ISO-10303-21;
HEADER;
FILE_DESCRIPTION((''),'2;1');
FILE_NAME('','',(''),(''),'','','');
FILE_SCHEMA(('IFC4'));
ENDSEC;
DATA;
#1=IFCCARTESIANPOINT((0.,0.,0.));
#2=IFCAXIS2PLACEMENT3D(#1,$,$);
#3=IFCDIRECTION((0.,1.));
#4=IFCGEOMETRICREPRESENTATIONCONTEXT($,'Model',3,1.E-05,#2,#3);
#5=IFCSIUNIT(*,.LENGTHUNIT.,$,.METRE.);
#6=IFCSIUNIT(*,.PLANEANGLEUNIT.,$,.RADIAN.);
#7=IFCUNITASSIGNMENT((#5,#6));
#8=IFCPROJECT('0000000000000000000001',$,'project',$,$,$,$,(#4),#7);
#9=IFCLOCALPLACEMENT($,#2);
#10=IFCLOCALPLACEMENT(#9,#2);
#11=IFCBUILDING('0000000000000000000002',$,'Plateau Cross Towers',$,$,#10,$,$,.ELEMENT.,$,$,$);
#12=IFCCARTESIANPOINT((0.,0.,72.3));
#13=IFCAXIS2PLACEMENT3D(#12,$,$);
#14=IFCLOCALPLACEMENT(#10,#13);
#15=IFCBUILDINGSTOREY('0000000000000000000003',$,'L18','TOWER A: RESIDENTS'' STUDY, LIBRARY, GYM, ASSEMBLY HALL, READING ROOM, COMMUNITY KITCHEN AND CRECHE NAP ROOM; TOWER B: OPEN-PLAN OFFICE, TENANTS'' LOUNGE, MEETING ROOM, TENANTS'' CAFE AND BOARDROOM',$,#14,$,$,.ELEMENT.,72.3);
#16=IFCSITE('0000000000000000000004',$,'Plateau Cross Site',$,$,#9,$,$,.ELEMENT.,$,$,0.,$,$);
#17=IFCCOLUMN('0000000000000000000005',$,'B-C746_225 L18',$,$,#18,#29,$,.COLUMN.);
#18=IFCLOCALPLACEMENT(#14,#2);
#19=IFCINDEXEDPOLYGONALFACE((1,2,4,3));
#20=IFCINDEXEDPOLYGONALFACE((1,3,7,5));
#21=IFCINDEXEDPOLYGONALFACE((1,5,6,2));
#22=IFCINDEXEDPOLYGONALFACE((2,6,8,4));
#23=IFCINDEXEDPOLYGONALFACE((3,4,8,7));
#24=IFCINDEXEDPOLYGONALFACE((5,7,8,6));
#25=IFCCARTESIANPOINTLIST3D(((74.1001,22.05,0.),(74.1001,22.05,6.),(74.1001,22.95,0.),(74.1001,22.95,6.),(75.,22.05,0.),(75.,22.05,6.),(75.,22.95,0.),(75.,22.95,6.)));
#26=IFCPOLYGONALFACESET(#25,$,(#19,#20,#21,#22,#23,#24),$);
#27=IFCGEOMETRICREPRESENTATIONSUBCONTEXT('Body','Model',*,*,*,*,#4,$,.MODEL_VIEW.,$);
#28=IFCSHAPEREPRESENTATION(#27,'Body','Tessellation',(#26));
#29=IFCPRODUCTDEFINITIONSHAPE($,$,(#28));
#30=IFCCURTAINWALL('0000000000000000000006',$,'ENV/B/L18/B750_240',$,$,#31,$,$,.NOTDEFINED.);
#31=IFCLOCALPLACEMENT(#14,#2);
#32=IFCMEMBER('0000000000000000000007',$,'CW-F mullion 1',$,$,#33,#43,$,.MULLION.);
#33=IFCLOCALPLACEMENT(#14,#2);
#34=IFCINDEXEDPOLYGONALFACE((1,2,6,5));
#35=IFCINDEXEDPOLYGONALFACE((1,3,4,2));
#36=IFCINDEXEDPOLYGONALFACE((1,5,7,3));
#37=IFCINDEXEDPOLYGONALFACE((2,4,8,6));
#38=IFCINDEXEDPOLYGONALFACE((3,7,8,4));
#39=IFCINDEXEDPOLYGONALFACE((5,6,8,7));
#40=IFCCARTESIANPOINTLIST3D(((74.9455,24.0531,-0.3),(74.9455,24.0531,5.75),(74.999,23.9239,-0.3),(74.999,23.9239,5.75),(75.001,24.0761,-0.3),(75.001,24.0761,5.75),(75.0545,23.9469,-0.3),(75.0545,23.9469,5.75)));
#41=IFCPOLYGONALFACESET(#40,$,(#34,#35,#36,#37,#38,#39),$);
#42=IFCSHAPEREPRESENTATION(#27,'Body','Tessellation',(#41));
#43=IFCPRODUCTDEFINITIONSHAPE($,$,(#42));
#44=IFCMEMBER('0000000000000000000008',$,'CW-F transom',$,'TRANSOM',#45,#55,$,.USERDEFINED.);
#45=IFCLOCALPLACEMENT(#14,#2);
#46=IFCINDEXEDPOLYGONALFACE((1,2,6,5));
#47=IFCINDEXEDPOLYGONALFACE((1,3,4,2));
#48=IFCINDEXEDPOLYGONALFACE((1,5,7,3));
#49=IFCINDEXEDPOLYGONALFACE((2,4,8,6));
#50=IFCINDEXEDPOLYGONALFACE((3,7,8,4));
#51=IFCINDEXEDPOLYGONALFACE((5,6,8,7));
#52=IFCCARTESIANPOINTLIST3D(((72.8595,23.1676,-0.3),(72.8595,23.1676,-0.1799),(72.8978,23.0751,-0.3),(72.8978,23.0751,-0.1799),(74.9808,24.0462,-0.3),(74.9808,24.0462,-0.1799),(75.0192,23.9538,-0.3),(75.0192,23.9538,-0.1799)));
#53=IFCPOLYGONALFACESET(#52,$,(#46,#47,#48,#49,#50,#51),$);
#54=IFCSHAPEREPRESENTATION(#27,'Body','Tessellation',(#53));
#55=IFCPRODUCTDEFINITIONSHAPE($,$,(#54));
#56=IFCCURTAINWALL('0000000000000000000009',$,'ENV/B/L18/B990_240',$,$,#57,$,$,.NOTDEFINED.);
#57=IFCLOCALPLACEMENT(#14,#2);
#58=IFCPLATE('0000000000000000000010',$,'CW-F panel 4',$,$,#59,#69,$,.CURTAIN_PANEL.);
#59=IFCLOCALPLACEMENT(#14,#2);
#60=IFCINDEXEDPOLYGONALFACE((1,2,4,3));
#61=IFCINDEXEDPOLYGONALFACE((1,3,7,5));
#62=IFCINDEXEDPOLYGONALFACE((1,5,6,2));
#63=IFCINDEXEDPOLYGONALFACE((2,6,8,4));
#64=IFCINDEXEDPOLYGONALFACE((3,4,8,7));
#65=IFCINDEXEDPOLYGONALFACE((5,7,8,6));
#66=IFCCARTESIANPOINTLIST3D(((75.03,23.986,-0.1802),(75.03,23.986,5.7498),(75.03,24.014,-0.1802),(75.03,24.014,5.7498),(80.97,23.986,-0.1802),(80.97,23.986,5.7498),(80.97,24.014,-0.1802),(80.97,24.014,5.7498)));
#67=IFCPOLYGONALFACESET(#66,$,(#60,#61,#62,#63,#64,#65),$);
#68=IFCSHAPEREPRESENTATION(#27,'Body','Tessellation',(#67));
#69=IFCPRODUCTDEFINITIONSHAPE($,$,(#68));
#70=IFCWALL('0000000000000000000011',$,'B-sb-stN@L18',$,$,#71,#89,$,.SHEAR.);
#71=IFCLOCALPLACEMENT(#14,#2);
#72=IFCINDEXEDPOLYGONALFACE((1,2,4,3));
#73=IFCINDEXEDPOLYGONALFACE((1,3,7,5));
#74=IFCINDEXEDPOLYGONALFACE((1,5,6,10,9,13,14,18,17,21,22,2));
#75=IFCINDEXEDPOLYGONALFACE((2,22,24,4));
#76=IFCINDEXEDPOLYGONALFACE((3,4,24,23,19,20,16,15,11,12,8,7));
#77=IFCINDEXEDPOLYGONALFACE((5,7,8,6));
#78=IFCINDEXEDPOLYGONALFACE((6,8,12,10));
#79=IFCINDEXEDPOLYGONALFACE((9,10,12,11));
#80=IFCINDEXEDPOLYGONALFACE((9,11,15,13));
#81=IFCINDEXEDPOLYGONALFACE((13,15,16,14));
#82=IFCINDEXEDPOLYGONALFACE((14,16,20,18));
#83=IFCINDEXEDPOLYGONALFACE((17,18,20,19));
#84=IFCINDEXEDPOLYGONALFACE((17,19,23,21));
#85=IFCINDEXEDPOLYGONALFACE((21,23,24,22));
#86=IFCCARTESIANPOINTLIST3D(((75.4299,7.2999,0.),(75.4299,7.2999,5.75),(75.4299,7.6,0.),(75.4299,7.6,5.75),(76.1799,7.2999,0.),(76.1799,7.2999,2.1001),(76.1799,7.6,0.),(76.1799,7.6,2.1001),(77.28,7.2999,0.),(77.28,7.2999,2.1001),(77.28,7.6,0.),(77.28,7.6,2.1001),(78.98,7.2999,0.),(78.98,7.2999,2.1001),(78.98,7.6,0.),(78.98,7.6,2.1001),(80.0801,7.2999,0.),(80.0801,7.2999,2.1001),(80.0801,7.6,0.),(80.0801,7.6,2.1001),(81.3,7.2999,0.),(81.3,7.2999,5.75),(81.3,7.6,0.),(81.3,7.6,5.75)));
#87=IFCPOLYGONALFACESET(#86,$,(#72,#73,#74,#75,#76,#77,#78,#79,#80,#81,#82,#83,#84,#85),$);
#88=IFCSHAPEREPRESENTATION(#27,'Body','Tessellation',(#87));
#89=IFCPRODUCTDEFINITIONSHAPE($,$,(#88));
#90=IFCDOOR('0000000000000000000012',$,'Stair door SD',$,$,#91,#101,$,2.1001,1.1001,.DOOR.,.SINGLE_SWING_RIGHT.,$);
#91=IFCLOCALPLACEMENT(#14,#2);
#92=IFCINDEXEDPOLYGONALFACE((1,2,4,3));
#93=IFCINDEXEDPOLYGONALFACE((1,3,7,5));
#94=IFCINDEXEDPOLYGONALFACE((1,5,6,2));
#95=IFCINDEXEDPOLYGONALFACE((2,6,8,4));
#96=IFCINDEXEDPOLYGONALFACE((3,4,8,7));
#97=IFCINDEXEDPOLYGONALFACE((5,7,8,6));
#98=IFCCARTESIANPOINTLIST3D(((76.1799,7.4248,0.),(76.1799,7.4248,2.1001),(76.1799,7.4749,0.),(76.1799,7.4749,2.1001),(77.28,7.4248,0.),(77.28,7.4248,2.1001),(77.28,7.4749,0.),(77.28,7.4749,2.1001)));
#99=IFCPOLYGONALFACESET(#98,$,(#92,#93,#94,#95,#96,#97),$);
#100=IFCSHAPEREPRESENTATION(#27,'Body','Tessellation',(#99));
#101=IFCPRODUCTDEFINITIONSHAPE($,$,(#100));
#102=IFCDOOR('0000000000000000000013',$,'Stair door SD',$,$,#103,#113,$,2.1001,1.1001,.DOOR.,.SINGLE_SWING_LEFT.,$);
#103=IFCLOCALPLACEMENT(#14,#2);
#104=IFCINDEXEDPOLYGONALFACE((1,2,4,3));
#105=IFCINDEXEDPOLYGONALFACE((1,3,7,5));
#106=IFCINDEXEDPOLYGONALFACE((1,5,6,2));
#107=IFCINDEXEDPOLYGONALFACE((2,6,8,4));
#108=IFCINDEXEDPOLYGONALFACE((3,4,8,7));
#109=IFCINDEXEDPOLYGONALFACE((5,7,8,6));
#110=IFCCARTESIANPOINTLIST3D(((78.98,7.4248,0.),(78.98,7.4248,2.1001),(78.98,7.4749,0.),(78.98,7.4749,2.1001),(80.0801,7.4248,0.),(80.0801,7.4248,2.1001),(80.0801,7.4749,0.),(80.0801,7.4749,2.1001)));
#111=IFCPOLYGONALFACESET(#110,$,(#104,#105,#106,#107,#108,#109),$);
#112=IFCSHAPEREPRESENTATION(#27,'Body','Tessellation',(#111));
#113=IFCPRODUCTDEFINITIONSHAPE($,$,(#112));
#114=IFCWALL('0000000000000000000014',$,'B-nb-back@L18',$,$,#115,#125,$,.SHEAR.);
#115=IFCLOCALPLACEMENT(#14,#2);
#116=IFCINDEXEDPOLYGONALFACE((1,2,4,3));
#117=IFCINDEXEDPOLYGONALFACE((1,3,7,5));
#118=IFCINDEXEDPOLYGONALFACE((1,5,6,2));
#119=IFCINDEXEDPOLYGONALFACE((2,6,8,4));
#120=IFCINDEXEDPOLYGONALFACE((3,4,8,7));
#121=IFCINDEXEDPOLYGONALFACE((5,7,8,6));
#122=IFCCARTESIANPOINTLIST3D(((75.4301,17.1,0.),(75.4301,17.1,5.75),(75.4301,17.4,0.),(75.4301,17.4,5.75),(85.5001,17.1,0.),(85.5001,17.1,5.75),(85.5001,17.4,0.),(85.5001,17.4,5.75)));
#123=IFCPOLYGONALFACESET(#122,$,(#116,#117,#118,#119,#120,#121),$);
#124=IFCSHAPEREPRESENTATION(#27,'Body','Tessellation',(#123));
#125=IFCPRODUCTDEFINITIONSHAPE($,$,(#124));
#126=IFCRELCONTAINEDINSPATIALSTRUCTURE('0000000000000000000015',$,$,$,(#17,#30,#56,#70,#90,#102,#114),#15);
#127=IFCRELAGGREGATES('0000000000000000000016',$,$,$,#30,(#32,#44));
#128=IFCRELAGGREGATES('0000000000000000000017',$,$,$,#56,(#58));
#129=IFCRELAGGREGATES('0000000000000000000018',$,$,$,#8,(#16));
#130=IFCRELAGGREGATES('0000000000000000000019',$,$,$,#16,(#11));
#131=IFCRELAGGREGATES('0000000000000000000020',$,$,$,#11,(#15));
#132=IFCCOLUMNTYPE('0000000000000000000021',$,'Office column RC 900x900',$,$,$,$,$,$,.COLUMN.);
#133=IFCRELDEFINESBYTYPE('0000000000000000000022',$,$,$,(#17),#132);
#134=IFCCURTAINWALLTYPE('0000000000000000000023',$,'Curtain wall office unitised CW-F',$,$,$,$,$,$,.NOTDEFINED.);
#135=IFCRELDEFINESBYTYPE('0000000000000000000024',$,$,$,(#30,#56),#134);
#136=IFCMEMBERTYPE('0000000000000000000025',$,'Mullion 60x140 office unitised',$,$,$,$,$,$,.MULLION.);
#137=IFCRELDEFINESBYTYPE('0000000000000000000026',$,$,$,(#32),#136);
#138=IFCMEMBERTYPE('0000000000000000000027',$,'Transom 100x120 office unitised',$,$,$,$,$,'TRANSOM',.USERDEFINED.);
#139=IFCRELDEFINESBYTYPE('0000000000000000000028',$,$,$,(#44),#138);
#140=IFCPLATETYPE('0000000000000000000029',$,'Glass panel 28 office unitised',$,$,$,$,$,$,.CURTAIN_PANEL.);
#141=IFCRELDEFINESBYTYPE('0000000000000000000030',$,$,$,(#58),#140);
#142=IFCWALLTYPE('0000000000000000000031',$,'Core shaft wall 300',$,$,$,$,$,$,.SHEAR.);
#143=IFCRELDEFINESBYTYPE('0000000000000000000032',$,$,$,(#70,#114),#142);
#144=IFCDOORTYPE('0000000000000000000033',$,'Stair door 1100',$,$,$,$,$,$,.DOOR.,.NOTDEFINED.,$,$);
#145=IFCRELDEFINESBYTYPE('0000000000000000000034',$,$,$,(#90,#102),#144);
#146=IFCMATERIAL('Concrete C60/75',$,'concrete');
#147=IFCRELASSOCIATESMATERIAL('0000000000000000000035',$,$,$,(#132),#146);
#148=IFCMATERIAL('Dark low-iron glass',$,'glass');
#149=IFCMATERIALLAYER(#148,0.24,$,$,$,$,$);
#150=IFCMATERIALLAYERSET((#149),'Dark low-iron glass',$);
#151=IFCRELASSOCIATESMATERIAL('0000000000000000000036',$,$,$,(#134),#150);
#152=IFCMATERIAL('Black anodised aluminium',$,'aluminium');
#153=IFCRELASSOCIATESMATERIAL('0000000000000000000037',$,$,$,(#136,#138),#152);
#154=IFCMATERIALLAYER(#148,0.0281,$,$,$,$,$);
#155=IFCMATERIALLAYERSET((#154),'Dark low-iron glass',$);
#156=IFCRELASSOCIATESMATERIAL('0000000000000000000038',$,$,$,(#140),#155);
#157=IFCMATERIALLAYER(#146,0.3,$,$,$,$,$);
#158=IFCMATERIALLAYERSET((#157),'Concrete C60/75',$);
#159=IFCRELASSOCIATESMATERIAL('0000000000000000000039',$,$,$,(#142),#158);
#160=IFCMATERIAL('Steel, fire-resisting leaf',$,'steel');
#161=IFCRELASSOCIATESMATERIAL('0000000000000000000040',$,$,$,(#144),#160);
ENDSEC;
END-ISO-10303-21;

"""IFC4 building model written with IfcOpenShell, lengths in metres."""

from ifc_helpers import new_model, si_unit, direction, frame, frame_2d, origin, origin_2d, place, context, subcontext, project, spatial, rectangle, extrude, material, layer, layer_set, material_profile, profile_set, type_object, element, fill, aggregate, save


model = new_model("IFC4")

# Units and contexts
model_context = context("Model", 3, precision=1e-05, world=origin(), true_north=direction((0.0, 1.0)))
body_context = subcontext(model_context, "Body", "Model", "MODEL_VIEW")
ifc_project = project(units=[si_unit("LENGTHUNIT", "METRE"), si_unit("PLANEANGLEUNIT", "RADIAN")], contexts=[model_context])

# Site, building, storey
site_placement = place(None, origin())
site = spatial("IfcSite", under=ifc_project, at=site_placement, Name="Plateau Cross Site", CompositionType="ELEMENT", RefElevation=0.0)
building_placement = place(site_placement, origin())
building = spatial("IfcBuilding", under=site, at=building_placement, Name="Plateau Cross Towers", CompositionType="ELEMENT")
storey_placement = place(building_placement, frame((0.0, 0.0, 72.3)))
storey = spatial("IfcBuildingStorey", under=building, at=storey_placement, Name="L18", Description="TOWER A: RESIDENTS' STUDY, LIBRARY, GYM, ASSEMBLY HALL, READING ROOM, COMMUNITY KITCHEN AND CRECHE NAP ROOM; TOWER B: OPEN-PLAN OFFICE, TENANTS' LOUNGE, MEETING ROOM, TENANTS' CAFE AND BOARDROOM", CompositionType="ELEMENT", Elevation=72.3)

# Column
ifc_material_1 = material(Name="Concrete C60/75", Category="concrete")
ifc_material_profile_1 = material_profile(ifc_material_1, rectangle(XDim=0.8999, YDim=0.8999, at=origin_2d()), Name="RC 900x900")
ifc_profile_set_1 = profile_set([ifc_material_profile_1], Name="Concrete C60/75")
column_type = type_object("IfcColumnType", Name="Office column RC 900x900", PredefinedType="COLUMN", material=ifc_profile_set_1)
column_placement = place(storey_placement, frame((74.55, 22.5, 0.0), z_axis=(0.0, 0.0, 1.0), x_axis=(1.0, 0.0, 0.0)))
element("IfcColumn", 1, at=column_placement, inside=storey, type_object=column_type, Name="B-C746_225 L18", PredefinedType="COLUMN", context=body_context, shape_type="SweptSolid", body=[
    extrude(rectangle(XDim=0.8999, YDim=0.8999, at=origin_2d()), origin(), (0.0, 0.0, 1.0), 6.0),
])

# Curtain wall, members
ifc_material_2 = material(Name="Dark low-iron glass", Category="glass")
ifc_layer_1 = layer(ifc_material_2, 0.24)
ifc_layer_set_1 = layer_set([ifc_layer_1], Name="Dark low-iron glass")
curtain_wall_type = type_object("IfcCurtainWallType", Name="Curtain wall office unitised CW-F", PredefinedType="NOTDEFINED", material=ifc_layer_set_1)
curtain_wall_1_placement = place(storey_placement, origin())
curtain_wall_1 = element("IfcCurtainWall", 2, at=curtain_wall_1_placement, inside=storey, type_object=curtain_wall_type, Name="ENV/B/L18/B750_240", PredefinedType="NOTDEFINED")
ifc_material_3 = material(Name="Black anodised aluminium", Category="aluminium")
ifc_material_profile_2 = material_profile(ifc_material_3, rectangle(XDim=0.0601, YDim=0.1399, at=origin_2d()), Name="MULLION 60x140")
ifc_profile_set_2 = profile_set([ifc_material_profile_2], Name="Black anodised aluminium")
member_type_1 = type_object("IfcMemberType", Name="Mullion 60x140 office unitised", PredefinedType="MULLION", material=ifc_profile_set_2)
member_1_placement = place(storey_placement, frame((75.0, 24.0, -0.3), z_axis=(0.0, 0.0, 1.0), x_axis=(-0.923879, -0.382684, 0.0)))
member_1 = element("IfcMember", 3, at=member_1_placement, type_object=member_type_1, Name="CW-F mullion 1", PredefinedType="MULLION", context=body_context, shape_type="SweptSolid", body=[
    extrude(rectangle(XDim=0.0601, YDim=0.1399, at=origin_2d()), origin(), (0.0, 0.0, 1.0), 6.05),
])
ifc_material_profile_3 = material_profile(ifc_material_3, rectangle(XDim=0.1001, YDim=0.1201, at=origin_2d()), Name="TRANSOM 100x120")
ifc_profile_set_3 = profile_set([ifc_material_profile_3], Name="Black anodised aluminium")
member_type_2 = type_object("IfcMemberType", Name="Transom 100x120 office unitised", ElementType="TRANSOM", PredefinedType="USERDEFINED", material=ifc_profile_set_3)
member_2_placement = place(storey_placement, frame((75.0, 24.0, -0.24), z_axis=(-0.923883, -0.382674, 0.0), x_axis=(0.382674, -0.923883, 0.0)))
member_2 = element("IfcMember", 4, at=member_2_placement, type_object=member_type_2, Name="CW-F transom", ObjectType="TRANSOM", PredefinedType="USERDEFINED", context=body_context, shape_type="SweptSolid", body=[
    extrude(rectangle(XDim=0.1001, YDim=0.1201, at=origin_2d()), origin(), (0.0, 0.0, 1.0), 2.2961),
])
aggregate(curtain_wall_1, [member_1, member_2])

# Curtain wall, plate
curtain_wall_2_placement = place(storey_placement, origin())
curtain_wall_2 = element("IfcCurtainWall", 5, at=curtain_wall_2_placement, inside=storey, type_object=curtain_wall_type, Name="ENV/B/L18/B990_240", PredefinedType="NOTDEFINED")
ifc_layer_2 = layer(ifc_material_2, 0.0281)
ifc_layer_set_2 = layer_set([ifc_layer_2], Name="Dark low-iron glass")
plate_type = type_object("IfcPlateType", Name="Glass panel 28 office unitised", PredefinedType="CURTAIN_PANEL", material=ifc_layer_set_2)
plate_placement = place(storey_placement, frame((78.0, 24.0, -0.1802), z_axis=(0.0, 0.0, 1.0), x_axis=(-1.0, 0.0, 0.0)))
plate = element("IfcPlate", 6, at=plate_placement, type_object=plate_type, Name="CW-F panel 4", PredefinedType="CURTAIN_PANEL", context=body_context, shape_type="SweptSolid", body=[
    extrude(rectangle(XDim=5.9399, YDim=0.0281, at=origin_2d()), origin(), (0.0, 0.0, 1.0), 5.9299),
])
aggregate(curtain_wall_2, [plate])

# Wall, openings, doors
ifc_layer_3 = layer(ifc_material_1, 0.3)
ifc_layer_set_3 = layer_set([ifc_layer_3], Name="Concrete C60/75")
wall_type_1 = type_object("IfcWallType", Name="Core shaft wall 300", PredefinedType="SHEAR", material=ifc_layer_set_3)
wall_1_placement = place(storey_placement, frame((75.4299, 7.45, 0.0), z_axis=(0.0, 0.0, 1.0), x_axis=(1.0, 0.0, 0.0)))
wall_1 = element("IfcWall", 7, at=wall_1_placement, inside=storey, type_object=wall_type_1, Name="B-sb-stN@L18", PredefinedType="SHEAR", context=body_context, shape_type="SweptSolid", body=[
    extrude(rectangle(XDim=5.8701, YDim=0.3, at=frame_2d((2.9351, 0.0))), origin(), (0.0, 0.0, 1.0), 5.75),
])
opening_1_placement = place(wall_1_placement, frame((0.75, 0.0, 0.0)))
opening_1 = element("IfcOpeningElement", 8, at=opening_1_placement, cuts=wall_1, PredefinedType="OPENING", context=body_context, shape_type="SweptSolid", body=[
    extrude(rectangle(XDim=1.1001, YDim=2.1001, at=frame_2d((0.55, 1.05))), frame((0.0, 0.1599, 0.0), z_axis=(0.0, -1.0, 0.0), x_axis=(1.0, 0.0, 0.0)), (0.0, 0.0, 1.0), 0.3201),
])
opening_2_placement = place(wall_1_placement, frame((3.55, 0.0, 0.0)))
opening_2 = element("IfcOpeningElement", 9, at=opening_2_placement, cuts=wall_1, PredefinedType="OPENING", context=body_context, shape_type="SweptSolid", body=[
    extrude(rectangle(XDim=1.1001, YDim=2.1001, at=frame_2d((0.55, 1.05))), frame((0.0, 0.1599, 0.0), z_axis=(0.0, -1.0, 0.0), x_axis=(1.0, 0.0, 0.0)), (0.0, 0.0, 1.0), 0.3201),
])
ifc_material_4 = material(Name="Steel, fire-resisting leaf", Category="steel")
door_type_1 = type_object("IfcDoorType", Name="Stair door 1100", OperationType="NOTDEFINED", PredefinedType="DOOR", material=ifc_material_4)
door_1_placement = place(opening_1_placement, origin())
door_1 = element("IfcDoor", 10, at=door_1_placement, inside=storey, type_object=door_type_1, Name="Stair door SD", OperationType="SINGLE_SWING_RIGHT", OverallHeight=2.1001, OverallWidth=1.1001, PredefinedType="DOOR", context=body_context, shape_type="SweptSolid", body=[
    extrude(rectangle(XDim=1.1001, YDim=2.1001, at=frame_2d((0.55, 1.05))), frame((0.0, 0.0249, 0.0), z_axis=(0.0, -1.0, 0.0), x_axis=(1.0, 0.0, 0.0)), (0.0, 0.0, 1.0), 0.05),
])
fill(opening_1, door_1)
door_2_placement = place(opening_2_placement, origin())
door_2 = element("IfcDoor", 11, at=door_2_placement, inside=storey, type_object=door_type_1, Name="Stair door SD", OperationType="SINGLE_SWING_LEFT", OverallHeight=2.1001, OverallWidth=1.1001, PredefinedType="DOOR", context=body_context, shape_type="SweptSolid", body=[
    extrude(rectangle(XDim=1.1001, YDim=2.1001, at=frame_2d((0.55, 1.05))), frame((0.0, 0.0249, 0.0), z_axis=(0.0, -1.0, 0.0), x_axis=(1.0, 0.0, 0.0)), (0.0, 0.0, 1.0), 0.05),
])
fill(opening_2, door_2)

# Wall
wall_2_placement = place(storey_placement, frame((75.4299, 17.25, 0.0), z_axis=(0.0, 0.0, 1.0), x_axis=(1.0, 0.0, 0.0)))
element("IfcWall", 12, at=wall_2_placement, inside=storey, type_object=wall_type_1, Name="B-nb-back@L18", PredefinedType="SHEAR", context=body_context, shape_type="SweptSolid", body=[
    extrude(rectangle(XDim=10.0701, YDim=0.3, at=frame_2d((5.0352, 0.0))), origin(), (0.0, 0.0, 1.0), 5.75),
])

save(model, "model.ifc")
